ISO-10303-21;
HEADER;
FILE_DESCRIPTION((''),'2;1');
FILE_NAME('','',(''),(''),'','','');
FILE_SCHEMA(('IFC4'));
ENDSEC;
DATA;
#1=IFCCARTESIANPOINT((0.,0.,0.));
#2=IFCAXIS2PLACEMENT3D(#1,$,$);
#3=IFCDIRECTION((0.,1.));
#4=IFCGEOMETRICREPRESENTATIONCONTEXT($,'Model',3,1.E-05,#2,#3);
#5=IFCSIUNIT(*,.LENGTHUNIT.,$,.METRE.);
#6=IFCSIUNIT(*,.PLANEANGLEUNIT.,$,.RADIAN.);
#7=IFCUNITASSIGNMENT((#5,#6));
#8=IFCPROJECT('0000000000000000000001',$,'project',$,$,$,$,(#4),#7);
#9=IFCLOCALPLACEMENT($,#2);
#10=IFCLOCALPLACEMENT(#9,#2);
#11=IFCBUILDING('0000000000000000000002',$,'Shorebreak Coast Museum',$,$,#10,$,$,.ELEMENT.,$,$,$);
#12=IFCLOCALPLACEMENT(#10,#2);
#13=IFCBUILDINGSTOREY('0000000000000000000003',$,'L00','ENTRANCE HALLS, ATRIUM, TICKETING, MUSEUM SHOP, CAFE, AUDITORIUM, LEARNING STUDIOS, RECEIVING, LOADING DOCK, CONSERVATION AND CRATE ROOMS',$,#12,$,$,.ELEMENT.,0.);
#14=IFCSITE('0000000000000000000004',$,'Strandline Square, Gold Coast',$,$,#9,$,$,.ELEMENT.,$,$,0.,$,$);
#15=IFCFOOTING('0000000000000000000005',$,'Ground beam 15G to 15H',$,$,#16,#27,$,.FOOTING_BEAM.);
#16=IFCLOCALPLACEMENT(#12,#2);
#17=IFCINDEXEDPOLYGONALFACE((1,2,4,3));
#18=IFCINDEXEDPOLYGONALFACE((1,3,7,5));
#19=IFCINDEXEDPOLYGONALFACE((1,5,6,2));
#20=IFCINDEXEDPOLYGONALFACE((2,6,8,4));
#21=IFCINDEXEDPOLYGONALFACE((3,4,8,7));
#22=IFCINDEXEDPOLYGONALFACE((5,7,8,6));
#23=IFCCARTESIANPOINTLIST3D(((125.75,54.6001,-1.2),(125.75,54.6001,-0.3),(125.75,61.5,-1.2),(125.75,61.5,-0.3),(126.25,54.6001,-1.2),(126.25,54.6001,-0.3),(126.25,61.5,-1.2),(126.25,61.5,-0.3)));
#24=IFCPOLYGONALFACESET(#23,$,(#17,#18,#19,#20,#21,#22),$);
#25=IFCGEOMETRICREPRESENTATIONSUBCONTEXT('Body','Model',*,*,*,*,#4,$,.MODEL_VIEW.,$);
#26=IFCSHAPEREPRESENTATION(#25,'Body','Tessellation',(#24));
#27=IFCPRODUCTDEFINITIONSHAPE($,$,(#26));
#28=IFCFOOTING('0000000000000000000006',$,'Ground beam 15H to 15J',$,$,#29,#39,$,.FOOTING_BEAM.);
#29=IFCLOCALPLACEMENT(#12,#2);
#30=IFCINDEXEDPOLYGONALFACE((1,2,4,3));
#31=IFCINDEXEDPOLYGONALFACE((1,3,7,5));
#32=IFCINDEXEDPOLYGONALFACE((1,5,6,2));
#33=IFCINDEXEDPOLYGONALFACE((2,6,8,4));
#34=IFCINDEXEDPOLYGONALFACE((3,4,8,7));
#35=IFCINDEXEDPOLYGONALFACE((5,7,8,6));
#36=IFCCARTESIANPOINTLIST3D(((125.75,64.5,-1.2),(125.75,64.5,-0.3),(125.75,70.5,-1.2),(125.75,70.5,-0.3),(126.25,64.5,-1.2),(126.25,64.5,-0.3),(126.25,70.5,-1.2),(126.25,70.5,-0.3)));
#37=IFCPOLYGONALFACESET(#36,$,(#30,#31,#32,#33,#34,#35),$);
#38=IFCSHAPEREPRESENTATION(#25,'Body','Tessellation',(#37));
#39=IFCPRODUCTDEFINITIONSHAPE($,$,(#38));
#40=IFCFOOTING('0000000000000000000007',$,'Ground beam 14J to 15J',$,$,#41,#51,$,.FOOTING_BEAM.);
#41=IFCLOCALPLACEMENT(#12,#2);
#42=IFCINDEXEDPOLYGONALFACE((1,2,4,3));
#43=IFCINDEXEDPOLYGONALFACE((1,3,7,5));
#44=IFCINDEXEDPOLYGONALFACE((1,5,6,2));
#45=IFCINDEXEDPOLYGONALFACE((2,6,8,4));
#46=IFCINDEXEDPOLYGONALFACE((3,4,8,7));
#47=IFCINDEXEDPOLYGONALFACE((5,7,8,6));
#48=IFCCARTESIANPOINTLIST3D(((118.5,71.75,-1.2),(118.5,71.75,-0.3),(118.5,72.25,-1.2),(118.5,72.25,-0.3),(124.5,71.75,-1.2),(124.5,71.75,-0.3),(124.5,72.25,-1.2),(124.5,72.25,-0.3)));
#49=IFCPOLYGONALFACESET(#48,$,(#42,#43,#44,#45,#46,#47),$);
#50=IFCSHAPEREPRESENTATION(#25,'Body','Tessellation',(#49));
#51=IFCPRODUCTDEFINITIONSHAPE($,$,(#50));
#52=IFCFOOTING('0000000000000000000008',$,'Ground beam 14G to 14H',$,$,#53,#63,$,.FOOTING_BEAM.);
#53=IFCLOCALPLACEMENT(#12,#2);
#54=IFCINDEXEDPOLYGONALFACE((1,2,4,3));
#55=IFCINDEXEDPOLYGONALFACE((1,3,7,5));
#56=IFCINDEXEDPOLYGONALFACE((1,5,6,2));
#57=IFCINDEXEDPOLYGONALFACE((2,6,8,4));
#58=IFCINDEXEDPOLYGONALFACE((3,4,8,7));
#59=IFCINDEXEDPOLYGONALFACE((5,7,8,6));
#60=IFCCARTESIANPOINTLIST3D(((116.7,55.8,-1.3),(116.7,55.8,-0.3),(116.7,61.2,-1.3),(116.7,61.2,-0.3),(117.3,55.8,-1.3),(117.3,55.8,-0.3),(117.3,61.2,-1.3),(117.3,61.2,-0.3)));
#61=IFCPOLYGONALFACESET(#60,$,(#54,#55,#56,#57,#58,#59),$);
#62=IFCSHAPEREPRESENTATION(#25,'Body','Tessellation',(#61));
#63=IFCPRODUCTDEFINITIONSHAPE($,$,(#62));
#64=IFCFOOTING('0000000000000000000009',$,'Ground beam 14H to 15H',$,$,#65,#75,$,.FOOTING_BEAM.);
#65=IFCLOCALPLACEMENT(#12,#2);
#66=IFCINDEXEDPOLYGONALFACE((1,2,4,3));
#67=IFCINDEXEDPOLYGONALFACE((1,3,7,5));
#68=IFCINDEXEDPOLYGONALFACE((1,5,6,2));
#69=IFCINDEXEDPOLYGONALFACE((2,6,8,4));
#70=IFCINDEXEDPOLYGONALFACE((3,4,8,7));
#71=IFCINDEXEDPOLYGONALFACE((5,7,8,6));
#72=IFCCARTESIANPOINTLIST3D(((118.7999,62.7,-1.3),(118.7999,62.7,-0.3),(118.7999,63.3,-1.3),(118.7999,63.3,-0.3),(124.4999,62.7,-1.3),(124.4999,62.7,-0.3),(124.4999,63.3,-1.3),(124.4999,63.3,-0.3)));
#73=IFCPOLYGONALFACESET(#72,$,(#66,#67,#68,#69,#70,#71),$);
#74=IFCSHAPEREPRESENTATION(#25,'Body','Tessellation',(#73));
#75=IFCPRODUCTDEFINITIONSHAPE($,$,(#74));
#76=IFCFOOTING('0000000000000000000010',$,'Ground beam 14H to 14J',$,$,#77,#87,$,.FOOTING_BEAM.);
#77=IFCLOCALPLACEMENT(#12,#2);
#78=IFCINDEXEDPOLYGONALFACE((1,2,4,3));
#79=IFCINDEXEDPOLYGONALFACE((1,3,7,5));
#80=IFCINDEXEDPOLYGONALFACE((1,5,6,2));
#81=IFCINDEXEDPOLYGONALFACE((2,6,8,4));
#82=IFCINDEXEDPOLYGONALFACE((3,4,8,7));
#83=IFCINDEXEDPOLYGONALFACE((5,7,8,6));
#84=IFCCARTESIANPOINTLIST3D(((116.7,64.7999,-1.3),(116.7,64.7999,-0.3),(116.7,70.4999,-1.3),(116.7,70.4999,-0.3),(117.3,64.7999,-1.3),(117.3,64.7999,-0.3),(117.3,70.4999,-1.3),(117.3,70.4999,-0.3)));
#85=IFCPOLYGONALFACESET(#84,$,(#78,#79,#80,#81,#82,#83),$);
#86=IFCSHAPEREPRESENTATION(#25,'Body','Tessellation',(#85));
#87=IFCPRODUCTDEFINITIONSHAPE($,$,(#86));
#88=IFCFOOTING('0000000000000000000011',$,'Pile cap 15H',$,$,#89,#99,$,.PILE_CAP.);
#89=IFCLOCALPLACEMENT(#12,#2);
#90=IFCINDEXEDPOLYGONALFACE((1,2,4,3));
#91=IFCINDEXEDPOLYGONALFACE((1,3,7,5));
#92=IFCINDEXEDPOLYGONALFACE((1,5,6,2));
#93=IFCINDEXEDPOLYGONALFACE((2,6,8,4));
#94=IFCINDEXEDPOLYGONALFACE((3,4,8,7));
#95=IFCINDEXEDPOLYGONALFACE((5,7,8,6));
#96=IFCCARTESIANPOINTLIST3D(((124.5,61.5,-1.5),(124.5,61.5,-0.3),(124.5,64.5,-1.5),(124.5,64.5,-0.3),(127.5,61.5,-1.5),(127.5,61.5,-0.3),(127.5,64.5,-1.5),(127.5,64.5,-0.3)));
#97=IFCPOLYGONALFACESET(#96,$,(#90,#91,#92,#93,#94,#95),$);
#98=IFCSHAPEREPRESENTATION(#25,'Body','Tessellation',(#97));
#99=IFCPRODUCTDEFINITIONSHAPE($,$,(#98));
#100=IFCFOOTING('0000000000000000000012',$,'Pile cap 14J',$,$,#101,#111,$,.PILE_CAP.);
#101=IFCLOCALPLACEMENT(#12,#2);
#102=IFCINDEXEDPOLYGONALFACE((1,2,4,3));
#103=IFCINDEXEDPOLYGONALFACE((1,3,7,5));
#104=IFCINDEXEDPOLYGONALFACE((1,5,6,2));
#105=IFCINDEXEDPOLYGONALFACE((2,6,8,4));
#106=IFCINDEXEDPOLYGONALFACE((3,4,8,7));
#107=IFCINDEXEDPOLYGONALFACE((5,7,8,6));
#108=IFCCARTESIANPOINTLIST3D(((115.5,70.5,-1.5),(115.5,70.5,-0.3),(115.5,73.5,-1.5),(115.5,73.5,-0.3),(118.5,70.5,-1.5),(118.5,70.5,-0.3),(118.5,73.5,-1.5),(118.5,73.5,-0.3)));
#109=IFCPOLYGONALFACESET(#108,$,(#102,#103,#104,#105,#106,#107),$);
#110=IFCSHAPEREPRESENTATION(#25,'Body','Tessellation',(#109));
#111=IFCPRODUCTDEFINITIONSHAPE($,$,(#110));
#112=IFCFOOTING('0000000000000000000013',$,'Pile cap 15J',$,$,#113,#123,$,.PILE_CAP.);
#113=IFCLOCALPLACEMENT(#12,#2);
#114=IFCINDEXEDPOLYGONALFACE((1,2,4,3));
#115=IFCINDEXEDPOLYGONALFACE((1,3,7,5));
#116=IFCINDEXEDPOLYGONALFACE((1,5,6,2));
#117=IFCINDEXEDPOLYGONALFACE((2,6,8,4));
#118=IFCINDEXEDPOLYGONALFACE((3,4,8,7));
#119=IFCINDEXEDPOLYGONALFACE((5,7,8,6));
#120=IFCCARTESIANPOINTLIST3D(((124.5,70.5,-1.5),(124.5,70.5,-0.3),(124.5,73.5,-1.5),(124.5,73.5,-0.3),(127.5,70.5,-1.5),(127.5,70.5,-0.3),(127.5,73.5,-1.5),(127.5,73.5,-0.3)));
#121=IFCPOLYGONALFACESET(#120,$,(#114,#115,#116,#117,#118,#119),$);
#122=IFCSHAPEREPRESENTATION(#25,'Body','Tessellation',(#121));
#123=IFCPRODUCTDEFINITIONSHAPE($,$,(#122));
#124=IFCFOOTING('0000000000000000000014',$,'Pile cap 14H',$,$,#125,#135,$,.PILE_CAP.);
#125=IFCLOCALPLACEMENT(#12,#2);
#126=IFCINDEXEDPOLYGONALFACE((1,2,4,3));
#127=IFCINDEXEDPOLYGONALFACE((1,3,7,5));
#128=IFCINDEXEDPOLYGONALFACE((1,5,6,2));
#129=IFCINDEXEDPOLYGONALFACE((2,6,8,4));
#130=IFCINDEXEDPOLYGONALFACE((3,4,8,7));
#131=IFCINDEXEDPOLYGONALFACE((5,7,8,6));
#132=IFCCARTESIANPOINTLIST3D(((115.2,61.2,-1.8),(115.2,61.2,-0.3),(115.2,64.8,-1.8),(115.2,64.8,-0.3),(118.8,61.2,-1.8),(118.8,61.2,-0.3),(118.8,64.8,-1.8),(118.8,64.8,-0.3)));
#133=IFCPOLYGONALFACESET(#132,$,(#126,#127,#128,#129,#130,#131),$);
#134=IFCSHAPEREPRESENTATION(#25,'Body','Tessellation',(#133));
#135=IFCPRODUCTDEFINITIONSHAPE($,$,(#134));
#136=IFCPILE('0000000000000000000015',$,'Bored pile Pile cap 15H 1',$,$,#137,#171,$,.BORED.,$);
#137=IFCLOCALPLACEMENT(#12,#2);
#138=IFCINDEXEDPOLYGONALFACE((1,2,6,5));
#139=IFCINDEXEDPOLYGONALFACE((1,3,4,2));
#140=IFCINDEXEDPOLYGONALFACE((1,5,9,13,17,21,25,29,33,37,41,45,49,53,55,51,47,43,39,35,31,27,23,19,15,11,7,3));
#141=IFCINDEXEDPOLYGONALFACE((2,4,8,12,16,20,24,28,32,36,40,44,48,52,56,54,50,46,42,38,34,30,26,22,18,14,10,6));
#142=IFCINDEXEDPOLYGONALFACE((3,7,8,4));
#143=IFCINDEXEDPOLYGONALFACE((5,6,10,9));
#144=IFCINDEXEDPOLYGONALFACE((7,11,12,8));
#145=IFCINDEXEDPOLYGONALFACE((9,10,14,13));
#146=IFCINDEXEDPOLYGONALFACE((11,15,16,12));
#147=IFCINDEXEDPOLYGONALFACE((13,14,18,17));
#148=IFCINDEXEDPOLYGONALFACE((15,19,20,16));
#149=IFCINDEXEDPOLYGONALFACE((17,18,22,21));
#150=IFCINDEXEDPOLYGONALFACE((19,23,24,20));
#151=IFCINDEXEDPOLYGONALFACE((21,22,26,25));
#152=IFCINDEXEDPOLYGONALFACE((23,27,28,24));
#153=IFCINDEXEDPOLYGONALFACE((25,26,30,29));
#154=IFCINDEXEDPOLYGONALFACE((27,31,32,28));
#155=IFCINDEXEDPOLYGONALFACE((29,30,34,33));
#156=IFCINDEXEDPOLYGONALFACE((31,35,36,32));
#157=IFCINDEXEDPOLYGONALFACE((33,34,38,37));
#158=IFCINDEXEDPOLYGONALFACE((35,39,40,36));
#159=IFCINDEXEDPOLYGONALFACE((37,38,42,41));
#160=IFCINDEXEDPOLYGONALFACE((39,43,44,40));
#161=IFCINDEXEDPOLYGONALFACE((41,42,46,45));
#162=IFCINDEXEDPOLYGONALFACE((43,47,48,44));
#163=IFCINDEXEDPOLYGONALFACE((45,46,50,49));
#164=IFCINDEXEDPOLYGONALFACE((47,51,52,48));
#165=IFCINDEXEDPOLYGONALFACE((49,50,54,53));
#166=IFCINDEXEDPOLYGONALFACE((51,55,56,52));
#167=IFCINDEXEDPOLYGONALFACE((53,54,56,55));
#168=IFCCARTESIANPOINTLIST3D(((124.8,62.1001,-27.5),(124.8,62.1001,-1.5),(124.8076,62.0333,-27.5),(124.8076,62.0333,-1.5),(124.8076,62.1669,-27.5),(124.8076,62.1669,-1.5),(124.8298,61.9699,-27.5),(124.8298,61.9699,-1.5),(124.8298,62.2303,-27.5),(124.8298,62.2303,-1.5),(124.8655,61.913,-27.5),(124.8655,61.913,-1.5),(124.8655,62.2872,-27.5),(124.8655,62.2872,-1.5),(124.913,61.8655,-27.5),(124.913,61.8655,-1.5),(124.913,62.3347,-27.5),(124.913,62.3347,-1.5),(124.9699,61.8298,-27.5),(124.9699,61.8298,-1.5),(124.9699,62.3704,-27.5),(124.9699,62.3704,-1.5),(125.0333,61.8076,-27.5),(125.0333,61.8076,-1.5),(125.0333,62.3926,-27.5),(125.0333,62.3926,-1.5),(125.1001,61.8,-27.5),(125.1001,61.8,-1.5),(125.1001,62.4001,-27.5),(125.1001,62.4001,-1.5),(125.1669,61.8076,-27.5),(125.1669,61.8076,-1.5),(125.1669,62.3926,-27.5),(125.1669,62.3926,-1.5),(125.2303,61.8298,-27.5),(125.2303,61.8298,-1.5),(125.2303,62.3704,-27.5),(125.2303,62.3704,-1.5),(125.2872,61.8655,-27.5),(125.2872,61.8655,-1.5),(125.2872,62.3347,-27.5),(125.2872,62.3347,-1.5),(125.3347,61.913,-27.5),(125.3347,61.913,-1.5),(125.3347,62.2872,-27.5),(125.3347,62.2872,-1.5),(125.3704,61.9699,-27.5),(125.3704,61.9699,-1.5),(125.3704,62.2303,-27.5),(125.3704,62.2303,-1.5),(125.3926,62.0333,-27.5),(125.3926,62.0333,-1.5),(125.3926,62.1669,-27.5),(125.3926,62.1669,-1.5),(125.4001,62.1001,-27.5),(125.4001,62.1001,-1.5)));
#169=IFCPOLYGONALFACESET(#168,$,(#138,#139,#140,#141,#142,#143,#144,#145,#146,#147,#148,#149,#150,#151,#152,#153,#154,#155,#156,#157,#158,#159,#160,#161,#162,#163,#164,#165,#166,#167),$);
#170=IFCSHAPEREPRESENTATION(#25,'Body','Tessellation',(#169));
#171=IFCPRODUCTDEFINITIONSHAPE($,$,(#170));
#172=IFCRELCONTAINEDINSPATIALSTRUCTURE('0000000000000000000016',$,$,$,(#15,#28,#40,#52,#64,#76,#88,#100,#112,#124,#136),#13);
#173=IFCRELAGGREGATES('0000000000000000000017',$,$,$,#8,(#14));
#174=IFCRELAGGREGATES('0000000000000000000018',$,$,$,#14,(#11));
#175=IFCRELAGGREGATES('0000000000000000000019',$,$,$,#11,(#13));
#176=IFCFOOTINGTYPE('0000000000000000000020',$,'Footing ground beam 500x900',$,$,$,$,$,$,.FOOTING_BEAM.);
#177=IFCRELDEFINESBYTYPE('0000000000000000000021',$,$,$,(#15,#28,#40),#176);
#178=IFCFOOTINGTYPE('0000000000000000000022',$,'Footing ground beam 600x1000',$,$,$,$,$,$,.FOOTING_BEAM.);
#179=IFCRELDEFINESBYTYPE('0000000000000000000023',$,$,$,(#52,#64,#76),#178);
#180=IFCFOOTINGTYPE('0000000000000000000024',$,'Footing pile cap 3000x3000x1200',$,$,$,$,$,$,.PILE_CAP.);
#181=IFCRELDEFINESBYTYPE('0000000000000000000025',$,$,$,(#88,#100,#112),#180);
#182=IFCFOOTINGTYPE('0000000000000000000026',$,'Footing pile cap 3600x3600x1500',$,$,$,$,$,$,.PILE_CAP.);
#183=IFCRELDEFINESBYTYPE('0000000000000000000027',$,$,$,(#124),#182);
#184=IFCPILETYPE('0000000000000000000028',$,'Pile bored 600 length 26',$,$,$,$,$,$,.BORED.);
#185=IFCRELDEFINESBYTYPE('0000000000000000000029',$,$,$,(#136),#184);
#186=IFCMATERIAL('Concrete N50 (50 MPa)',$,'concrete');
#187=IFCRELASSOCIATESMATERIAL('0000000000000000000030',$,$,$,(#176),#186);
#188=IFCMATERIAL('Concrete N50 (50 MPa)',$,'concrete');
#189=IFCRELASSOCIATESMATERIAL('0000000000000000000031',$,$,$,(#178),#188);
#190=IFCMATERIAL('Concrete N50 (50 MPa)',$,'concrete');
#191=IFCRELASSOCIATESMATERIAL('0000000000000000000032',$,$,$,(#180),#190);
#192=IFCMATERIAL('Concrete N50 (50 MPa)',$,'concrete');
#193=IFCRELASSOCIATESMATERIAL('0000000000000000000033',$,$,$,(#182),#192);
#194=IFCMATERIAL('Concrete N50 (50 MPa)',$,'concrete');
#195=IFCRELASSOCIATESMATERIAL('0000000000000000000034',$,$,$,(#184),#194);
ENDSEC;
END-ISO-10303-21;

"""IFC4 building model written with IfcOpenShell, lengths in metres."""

from ifc_helpers import new_model, si_unit, direction, frame, origin, origin_2d, place, context, subcontext, project, spatial, rectangle, circle, extrude, material, material_profile, profile_set, type_object, element, save


model = new_model("IFC4")

# Units and contexts
model_context = context("Model", 3, precision=1e-05, world=origin(), true_north=direction((0.0, 1.0)))
body_context = subcontext(model_context, "Body", "Model", "MODEL_VIEW")
ifc_project = project(units=[si_unit("LENGTHUNIT", "METRE"), si_unit("PLANEANGLEUNIT", "RADIAN")], contexts=[model_context])

# Site, building, storey
site_placement = place(None, origin())
site = spatial("IfcSite", under=ifc_project, at=site_placement, Name="Strandline Square, Gold Coast", CompositionType="ELEMENT", RefElevation=0.0)
building_placement = place(site_placement, origin())
building = spatial("IfcBuilding", under=site, at=building_placement, Name="Shorebreak Coast Museum", CompositionType="ELEMENT")
storey_placement = place(building_placement, origin())
storey = spatial("IfcBuildingStorey", under=building, at=storey_placement, Name="L00", Description="ENTRANCE HALLS, ATRIUM, TICKETING, MUSEUM SHOP, CAFE, AUDITORIUM, LEARNING STUDIOS, RECEIVING, LOADING DOCK, CONSERVATION AND CRATE ROOMS", CompositionType="ELEMENT", Elevation=0.0)

# Footings
ifc_material_1 = material(Name="Concrete N50 (50 MPa)", Category="concrete")
footing_type_1 = type_object("IfcFootingType", Name="Footing ground beam 500x900", PredefinedType="FOOTING_BEAM", material=ifc_material_1)
footing_1_placement = place(storey_placement, frame((126.0, 58.05, -1.2), z_axis=(0.0, 0.0, 1.0), x_axis=(1.0, 0.0, 0.0)))
element("IfcFooting", 1, at=footing_1_placement, inside=storey, type_object=footing_type_1, Name="Ground beam 15G to 15H", PredefinedType="FOOTING_BEAM", context=body_context, shape_type="SweptSolid", body=[
    extrude(rectangle(XDim=0.5, YDim=6.8999, at=origin_2d()), origin(), (0.0, 0.0, 1.0), 0.8999),
])
footing_2_placement = place(storey_placement, frame((126.0, 67.5, -1.2), z_axis=(0.0, 0.0, 1.0), x_axis=(1.0, 0.0, 0.0)))
element("IfcFooting", 2, at=footing_2_placement, inside=storey, type_object=footing_type_1, Name="Ground beam 15H to 15J", PredefinedType="FOOTING_BEAM", context=body_context, shape_type="SweptSolid", body=[
    extrude(rectangle(XDim=0.5, YDim=6.0, at=origin_2d()), origin(), (0.0, 0.0, 1.0), 0.8999),
])
footing_3_placement = place(storey_placement, frame((121.5, 72.0, -1.2), z_axis=(0.0, 0.0, 1.0), x_axis=(1.0, 0.0, 0.0)))
element("IfcFooting", 3, at=footing_3_placement, inside=storey, type_object=footing_type_1, Name="Ground beam 14J to 15J", PredefinedType="FOOTING_BEAM", context=body_context, shape_type="SweptSolid", body=[
    extrude(rectangle(XDim=6.0, YDim=0.5, at=origin_2d()), origin(), (0.0, 0.0, 1.0), 0.8999),
])
ifc_material_2 = material(Name="Concrete N50 (50 MPa)", Category="concrete")
footing_type_2 = type_object("IfcFootingType", Name="Footing ground beam 600x1000", PredefinedType="FOOTING_BEAM", material=ifc_material_2)
footing_4_placement = place(storey_placement, frame((117.0, 58.5, -1.3), z_axis=(0.0, 0.0, 1.0), x_axis=(1.0, 0.0, 0.0)))
element("IfcFooting", 4, at=footing_4_placement, inside=storey, type_object=footing_type_2, Name="Ground beam 14G to 14H", PredefinedType="FOOTING_BEAM", context=body_context, shape_type="SweptSolid", body=[
    extrude(rectangle(XDim=0.6001, YDim=5.3999, at=origin_2d()), origin(), (0.0, 0.0, 1.0), 1.0),
])
footing_5_placement = place(storey_placement, frame((121.6499, 63.0, -1.3), z_axis=(0.0, 0.0, 1.0), x_axis=(1.0, 0.0, 0.0)))
element("IfcFooting", 5, at=footing_5_placement, inside=storey, type_object=footing_type_2, Name="Ground beam 14H to 15H", PredefinedType="FOOTING_BEAM", context=body_context, shape_type="SweptSolid", body=[
    extrude(rectangle(XDim=5.7, YDim=0.6001, at=origin_2d()), origin(), (0.0, 0.0, 1.0), 1.0),
])
footing_6_placement = place(storey_placement, frame((117.0, 67.6499, -1.3), z_axis=(0.0, 0.0, 1.0), x_axis=(1.0, 0.0, 0.0)))
element("IfcFooting", 6, at=footing_6_placement, inside=storey, type_object=footing_type_2, Name="Ground beam 14H to 14J", PredefinedType="FOOTING_BEAM", context=body_context, shape_type="SweptSolid", body=[
    extrude(rectangle(XDim=0.6001, YDim=5.7, at=origin_2d()), origin(), (0.0, 0.0, 1.0), 1.0),
])
ifc_material_3 = material(Name="Concrete N50 (50 MPa)", Category="concrete")
footing_type_3 = type_object("IfcFootingType", Name="Footing pile cap 3000x3000x1200", PredefinedType="PILE_CAP", material=ifc_material_3)
for number, where, z_axis, x_axis, name in (
    (7, (126.0, 63.0, -1.5), (0.0, 0.0, 1.0), (1.0, 0.0, 0.0), "Pile cap 15H"),
    (8, (117.0, 72.0, -1.5), (0.0, 0.0, 1.0), (1.0, 0.0, 0.0), "Pile cap 14J"),
    (9, (126.0, 72.0, -1.5), (0.0, 0.0, 1.0), (1.0, 0.0, 0.0), "Pile cap 15J"),
):
    element("IfcFooting", number, at=place(storey_placement, frame(where, z_axis=z_axis, x_axis=x_axis)), inside=storey, type_object=footing_type_3, Name=name, PredefinedType="PILE_CAP", context=body_context, shape_type="SweptSolid", body=[
        extrude(rectangle(XDim=3.0, YDim=3.0, at=origin_2d()), origin(), (0.0, 0.0, 1.0), 1.2),
    ])
ifc_material_4 = material(Name="Concrete N50 (50 MPa)", Category="concrete")
footing_type_4 = type_object("IfcFootingType", Name="Footing pile cap 3600x3600x1500", PredefinedType="PILE_CAP", material=ifc_material_4)
footing_7_placement = place(storey_placement, frame((117.0, 63.0, -1.8), z_axis=(0.0, 0.0, 1.0), x_axis=(1.0, 0.0, 0.0)))
element("IfcFooting", 10, at=footing_7_placement, inside=storey, type_object=footing_type_4, Name="Pile cap 14H", PredefinedType="PILE_CAP", context=body_context, shape_type="SweptSolid", body=[
    extrude(rectangle(XDim=3.6001, YDim=3.6001, at=origin_2d()), origin(), (0.0, 0.0, 1.0), 1.5),
])

# Pile
ifc_material_5 = material(Name="Concrete N50 (50 MPa)", Category="concrete")
ifc_material_profile_1 = material_profile(ifc_material_5, circle(Radius=0.3, at=origin_2d()), Name="Pile bored 600 length 26")
ifc_profile_set_1 = profile_set([ifc_material_profile_1], Name="Concrete N50 (50 MPa)")
pile_type_1 = type_object("IfcPileType", Name="Pile bored 600 length 26", PredefinedType="BORED", material=ifc_profile_set_1)
for number, where, z_axis, x_axis, name in (
    (11, (125.1001, 62.1001, -1.5), (0.0, 0.0, -1.0), (1.0, 0.0, 0.0), "Bored pile Pile cap 15H 1"),
):
    element("IfcPile", number, at=place(storey_placement, frame(where, z_axis=z_axis, x_axis=x_axis)), inside=storey, type_object=pile_type_1, Name=name, PredefinedType="BORED", context=body_context, shape_type="SweptSolid", body=[
        extrude(circle(Radius=0.3, at=origin_2d()), origin(), (0.0, 0.0, 1.0), 26.0),
    ])

save(model, "model.ifc")
